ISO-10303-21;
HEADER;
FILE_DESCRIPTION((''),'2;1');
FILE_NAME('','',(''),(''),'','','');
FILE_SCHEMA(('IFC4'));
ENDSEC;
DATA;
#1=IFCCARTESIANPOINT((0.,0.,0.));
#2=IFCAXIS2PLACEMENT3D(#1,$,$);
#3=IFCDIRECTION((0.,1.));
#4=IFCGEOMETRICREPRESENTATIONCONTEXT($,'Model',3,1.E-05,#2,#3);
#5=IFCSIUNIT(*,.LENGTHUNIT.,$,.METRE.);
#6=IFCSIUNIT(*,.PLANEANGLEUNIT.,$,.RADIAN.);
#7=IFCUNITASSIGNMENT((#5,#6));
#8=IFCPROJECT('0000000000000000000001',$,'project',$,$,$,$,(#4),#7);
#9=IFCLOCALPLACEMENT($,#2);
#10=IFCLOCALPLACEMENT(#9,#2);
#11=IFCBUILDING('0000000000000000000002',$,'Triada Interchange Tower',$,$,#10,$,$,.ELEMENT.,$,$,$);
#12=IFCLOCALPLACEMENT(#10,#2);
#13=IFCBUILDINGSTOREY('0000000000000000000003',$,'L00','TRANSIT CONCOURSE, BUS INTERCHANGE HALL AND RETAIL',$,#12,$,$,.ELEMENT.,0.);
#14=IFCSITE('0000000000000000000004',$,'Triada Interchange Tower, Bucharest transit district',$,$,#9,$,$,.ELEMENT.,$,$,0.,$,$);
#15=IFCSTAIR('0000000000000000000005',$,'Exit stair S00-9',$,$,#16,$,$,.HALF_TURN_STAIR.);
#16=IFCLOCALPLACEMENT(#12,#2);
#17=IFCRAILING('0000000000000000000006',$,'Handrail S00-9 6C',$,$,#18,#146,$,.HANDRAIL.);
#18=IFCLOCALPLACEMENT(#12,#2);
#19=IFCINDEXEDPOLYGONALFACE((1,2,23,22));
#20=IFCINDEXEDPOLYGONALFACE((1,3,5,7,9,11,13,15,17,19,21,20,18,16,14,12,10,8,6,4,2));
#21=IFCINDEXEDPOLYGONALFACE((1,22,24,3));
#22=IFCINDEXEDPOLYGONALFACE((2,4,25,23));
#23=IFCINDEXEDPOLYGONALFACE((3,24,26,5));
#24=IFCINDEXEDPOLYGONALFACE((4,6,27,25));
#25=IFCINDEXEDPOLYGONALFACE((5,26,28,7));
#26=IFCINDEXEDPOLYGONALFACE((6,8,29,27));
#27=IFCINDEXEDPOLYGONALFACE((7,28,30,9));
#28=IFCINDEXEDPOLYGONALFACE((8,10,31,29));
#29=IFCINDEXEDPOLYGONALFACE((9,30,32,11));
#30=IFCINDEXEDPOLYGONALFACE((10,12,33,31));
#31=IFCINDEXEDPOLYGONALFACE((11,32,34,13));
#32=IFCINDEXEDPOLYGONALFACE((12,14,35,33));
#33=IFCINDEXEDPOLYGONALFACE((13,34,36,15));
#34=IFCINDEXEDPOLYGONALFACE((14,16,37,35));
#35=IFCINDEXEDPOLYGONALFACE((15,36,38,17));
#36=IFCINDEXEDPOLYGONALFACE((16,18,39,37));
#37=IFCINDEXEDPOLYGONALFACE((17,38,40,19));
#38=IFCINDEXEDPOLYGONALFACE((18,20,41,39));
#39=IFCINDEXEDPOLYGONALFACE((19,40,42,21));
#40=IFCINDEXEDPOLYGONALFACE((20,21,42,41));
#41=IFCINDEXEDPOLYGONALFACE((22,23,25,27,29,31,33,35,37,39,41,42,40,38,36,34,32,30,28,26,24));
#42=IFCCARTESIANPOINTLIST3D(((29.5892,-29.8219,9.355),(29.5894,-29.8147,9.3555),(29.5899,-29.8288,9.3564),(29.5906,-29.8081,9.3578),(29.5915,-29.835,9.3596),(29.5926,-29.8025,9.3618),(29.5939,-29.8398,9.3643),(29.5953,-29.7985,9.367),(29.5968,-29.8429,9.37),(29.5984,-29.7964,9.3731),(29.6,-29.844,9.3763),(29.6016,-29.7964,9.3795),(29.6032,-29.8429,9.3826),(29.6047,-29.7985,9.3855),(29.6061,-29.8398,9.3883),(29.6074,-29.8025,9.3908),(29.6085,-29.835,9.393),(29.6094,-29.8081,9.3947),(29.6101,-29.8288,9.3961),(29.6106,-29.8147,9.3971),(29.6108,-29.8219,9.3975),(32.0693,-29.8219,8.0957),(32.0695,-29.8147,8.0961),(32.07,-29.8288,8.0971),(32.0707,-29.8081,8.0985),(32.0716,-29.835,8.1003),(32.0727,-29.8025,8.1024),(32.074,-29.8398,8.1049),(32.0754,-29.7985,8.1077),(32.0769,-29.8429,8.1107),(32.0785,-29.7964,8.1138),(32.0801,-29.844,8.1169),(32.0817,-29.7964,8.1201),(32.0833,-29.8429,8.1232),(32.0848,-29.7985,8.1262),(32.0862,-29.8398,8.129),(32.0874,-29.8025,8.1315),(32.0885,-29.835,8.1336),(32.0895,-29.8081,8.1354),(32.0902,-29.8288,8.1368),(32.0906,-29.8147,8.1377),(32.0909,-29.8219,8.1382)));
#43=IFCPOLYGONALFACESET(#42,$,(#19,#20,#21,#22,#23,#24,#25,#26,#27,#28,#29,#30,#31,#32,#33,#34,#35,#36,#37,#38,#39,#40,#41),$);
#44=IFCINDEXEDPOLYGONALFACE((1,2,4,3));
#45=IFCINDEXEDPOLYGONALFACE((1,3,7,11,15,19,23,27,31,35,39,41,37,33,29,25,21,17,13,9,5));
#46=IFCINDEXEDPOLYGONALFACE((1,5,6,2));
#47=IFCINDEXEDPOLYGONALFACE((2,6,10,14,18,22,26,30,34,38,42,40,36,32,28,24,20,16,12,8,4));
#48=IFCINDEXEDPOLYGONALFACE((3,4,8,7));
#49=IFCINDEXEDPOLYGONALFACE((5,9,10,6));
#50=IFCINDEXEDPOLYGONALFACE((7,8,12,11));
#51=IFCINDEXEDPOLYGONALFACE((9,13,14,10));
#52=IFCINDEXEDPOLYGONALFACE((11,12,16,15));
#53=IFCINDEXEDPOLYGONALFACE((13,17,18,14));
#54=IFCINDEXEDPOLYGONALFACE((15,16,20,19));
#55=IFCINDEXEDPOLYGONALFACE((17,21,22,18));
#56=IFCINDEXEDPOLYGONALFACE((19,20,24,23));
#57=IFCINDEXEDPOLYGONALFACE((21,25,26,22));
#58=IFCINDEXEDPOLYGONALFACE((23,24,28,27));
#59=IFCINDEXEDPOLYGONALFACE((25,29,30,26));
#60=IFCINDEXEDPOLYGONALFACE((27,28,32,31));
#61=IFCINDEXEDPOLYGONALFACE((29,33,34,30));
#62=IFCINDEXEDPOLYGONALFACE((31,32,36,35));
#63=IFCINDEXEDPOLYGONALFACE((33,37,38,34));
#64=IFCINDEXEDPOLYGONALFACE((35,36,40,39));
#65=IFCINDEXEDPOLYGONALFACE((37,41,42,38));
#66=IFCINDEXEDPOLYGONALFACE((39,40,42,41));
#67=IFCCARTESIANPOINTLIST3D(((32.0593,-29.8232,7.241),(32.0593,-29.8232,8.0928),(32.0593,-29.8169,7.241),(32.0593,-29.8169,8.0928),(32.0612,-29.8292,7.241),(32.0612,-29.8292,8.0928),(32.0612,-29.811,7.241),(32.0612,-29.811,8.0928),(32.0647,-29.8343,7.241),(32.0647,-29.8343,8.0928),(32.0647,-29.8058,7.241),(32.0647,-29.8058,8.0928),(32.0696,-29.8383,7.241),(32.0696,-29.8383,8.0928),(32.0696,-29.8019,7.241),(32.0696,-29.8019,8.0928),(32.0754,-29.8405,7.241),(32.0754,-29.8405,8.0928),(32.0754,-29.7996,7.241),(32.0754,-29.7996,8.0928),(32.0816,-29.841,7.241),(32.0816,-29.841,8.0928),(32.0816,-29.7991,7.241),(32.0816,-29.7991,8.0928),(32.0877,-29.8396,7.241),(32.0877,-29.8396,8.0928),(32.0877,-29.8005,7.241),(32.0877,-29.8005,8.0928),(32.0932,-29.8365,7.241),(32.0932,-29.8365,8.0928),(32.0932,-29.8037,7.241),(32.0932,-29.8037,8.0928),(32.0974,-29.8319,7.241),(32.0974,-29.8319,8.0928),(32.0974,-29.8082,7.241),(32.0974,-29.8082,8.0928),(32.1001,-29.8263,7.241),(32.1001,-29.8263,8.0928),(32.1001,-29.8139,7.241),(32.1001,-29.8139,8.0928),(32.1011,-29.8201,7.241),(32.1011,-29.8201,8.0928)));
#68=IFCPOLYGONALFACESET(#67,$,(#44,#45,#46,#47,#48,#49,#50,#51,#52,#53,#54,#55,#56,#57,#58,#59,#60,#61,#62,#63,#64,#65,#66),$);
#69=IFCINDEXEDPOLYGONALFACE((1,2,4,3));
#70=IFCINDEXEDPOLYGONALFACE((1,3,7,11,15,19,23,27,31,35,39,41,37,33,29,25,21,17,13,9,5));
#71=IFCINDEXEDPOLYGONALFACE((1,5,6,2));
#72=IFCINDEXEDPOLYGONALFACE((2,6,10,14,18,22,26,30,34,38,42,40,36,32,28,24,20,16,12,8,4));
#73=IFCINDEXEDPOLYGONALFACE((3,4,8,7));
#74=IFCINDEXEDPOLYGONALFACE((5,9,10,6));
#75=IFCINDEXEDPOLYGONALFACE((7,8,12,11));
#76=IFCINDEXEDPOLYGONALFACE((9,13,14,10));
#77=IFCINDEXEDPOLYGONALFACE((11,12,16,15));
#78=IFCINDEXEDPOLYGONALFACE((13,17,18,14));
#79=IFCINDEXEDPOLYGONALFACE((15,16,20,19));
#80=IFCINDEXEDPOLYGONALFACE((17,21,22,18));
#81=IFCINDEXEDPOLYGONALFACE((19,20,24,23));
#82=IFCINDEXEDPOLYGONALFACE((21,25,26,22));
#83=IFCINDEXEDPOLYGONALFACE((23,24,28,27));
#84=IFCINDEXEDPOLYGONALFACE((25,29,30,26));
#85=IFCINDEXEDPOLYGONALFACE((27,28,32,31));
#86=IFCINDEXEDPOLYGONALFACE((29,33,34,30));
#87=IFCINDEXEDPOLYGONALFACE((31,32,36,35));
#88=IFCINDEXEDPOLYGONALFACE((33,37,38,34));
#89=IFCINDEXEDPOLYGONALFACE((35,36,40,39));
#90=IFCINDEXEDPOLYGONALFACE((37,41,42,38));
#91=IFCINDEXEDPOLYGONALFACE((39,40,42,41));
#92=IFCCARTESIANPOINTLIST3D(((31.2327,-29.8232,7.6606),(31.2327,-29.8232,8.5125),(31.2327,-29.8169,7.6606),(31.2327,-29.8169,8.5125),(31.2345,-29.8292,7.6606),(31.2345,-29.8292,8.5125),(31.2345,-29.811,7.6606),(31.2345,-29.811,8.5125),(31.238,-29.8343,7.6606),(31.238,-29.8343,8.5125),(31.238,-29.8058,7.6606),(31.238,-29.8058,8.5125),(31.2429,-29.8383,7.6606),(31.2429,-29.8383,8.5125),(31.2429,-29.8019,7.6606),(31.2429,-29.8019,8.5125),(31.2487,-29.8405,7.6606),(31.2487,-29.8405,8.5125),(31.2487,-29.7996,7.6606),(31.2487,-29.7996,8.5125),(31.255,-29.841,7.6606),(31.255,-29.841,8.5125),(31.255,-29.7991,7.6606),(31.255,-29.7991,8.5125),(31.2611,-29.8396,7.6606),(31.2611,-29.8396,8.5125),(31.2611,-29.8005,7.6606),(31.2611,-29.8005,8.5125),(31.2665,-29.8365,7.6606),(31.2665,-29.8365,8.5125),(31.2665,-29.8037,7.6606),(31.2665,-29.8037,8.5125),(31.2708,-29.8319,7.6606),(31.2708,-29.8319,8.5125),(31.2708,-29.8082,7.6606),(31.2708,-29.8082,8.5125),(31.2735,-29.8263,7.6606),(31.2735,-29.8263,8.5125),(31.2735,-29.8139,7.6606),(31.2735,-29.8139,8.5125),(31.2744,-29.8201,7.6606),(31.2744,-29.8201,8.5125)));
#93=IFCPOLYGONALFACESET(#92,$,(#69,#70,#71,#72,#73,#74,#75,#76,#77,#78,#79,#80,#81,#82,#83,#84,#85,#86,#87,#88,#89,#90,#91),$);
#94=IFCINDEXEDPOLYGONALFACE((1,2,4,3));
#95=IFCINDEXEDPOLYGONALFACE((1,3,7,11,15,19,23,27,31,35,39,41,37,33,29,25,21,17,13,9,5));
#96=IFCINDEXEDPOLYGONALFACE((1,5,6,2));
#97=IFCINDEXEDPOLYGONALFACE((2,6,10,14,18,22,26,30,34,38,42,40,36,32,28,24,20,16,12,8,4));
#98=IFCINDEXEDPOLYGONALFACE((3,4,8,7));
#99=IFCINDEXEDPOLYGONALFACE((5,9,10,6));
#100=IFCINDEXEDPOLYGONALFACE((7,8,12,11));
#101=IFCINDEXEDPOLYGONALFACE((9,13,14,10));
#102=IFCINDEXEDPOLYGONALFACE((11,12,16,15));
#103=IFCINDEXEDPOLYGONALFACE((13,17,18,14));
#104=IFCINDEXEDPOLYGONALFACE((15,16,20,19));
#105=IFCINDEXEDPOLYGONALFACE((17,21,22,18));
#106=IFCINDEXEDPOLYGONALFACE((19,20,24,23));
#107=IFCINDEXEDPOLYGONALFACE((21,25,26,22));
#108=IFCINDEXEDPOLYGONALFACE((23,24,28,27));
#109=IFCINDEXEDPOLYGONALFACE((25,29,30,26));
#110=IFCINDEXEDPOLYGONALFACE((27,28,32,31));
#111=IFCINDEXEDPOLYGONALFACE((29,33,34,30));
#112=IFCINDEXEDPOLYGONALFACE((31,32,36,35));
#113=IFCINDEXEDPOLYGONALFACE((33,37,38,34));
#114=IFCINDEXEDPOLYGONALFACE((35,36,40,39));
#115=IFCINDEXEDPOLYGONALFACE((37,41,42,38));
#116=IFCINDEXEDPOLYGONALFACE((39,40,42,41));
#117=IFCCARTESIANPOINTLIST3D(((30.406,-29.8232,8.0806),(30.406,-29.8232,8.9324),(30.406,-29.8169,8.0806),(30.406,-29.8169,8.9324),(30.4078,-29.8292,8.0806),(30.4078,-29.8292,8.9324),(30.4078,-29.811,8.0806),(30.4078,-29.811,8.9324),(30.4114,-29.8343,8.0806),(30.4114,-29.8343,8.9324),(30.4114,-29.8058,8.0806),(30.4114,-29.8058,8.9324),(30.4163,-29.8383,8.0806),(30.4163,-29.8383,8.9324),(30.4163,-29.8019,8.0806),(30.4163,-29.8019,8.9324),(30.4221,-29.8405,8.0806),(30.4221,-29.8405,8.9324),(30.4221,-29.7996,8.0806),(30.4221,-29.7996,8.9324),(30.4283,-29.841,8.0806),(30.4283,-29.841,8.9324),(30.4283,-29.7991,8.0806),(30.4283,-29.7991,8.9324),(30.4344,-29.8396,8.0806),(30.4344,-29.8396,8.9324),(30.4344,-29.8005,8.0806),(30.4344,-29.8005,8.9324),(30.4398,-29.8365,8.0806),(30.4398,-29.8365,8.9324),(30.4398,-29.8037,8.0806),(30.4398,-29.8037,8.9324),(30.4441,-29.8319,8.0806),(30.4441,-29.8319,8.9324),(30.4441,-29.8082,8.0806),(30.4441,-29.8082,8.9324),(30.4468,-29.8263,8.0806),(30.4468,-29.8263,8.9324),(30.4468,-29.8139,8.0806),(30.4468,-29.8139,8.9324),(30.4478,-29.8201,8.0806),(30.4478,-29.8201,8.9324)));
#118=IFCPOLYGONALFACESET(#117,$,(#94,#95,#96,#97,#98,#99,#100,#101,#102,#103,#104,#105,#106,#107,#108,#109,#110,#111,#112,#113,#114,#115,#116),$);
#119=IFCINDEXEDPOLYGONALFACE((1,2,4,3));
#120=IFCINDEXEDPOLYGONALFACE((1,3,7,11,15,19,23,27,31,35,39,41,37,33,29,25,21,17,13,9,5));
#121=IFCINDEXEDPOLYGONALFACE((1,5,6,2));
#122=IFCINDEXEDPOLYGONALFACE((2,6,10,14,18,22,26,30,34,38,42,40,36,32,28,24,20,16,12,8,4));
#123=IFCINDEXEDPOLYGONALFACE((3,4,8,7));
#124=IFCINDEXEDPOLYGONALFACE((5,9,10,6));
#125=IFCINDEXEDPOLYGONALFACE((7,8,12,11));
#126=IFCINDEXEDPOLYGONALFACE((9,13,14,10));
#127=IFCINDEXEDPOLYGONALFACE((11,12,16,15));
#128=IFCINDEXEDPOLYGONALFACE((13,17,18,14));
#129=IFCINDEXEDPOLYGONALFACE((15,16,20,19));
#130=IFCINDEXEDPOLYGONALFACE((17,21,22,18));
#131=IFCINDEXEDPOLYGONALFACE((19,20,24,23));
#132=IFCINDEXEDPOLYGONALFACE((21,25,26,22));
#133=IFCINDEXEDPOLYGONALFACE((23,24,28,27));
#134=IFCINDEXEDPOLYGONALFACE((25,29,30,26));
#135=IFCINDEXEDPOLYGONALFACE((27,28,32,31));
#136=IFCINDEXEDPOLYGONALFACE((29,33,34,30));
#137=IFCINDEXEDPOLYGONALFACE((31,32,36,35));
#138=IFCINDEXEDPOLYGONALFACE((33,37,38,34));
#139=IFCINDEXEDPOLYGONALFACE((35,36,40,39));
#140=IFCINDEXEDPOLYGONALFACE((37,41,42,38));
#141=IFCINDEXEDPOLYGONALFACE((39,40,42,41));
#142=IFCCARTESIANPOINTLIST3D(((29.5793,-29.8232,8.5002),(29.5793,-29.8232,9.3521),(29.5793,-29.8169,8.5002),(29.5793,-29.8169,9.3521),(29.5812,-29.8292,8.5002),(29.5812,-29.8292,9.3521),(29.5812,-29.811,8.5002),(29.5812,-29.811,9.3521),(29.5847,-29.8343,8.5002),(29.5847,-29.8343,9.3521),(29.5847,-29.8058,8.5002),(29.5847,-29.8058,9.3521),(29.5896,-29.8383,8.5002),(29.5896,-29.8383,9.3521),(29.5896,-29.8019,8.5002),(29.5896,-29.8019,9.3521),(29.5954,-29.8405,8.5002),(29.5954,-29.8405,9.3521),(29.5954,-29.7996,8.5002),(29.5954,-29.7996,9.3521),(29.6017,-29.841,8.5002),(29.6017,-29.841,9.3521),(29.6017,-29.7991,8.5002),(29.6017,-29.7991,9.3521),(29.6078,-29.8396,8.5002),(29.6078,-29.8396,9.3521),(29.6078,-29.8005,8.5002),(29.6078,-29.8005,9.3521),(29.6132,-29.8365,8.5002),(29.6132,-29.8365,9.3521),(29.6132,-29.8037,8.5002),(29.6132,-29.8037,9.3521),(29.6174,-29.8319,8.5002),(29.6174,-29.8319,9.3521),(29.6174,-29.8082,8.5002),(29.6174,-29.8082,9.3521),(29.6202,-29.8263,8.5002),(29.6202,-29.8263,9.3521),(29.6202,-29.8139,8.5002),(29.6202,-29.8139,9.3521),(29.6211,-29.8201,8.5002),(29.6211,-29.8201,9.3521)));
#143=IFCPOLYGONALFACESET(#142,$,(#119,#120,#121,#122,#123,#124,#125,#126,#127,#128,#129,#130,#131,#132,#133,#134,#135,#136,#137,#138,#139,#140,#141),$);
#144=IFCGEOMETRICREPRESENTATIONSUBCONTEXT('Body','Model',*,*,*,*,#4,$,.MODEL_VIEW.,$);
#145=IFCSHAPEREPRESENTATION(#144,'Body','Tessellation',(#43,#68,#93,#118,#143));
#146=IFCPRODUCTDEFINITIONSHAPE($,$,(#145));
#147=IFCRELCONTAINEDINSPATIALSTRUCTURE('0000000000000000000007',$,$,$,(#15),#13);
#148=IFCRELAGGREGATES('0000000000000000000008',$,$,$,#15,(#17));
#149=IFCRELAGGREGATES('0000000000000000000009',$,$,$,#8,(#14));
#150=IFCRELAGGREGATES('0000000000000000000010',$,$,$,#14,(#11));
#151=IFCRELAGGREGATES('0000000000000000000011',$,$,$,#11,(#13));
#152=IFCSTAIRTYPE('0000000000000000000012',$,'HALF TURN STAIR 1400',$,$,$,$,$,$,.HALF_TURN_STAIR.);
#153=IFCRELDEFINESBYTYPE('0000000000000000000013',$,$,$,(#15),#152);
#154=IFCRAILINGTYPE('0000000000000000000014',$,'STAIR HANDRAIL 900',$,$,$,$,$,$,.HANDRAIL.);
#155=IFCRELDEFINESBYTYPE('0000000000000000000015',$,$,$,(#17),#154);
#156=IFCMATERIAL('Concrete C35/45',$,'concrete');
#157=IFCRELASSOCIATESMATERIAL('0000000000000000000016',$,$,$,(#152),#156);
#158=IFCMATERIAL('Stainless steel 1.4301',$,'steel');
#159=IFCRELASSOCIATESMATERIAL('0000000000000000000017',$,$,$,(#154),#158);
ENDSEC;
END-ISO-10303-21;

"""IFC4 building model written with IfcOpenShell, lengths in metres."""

from ifc_helpers import new_model, si_unit, direction, frame, origin, origin_2d, place, context, subcontext, project, spatial, circle, extrude, material, type_object, element, aggregate, save


model = new_model("IFC4")

# Units and contexts
model_context = context("Model", 3, precision=1e-05, world=origin(), true_north=direction((0.0, 1.0)))
body_context = subcontext(model_context, "Body", "Model", "MODEL_VIEW")
ifc_project = project(units=[si_unit("LENGTHUNIT", "METRE"), si_unit("PLANEANGLEUNIT", "RADIAN")], contexts=[model_context])

# Site, building, storey
site_placement = place(None, origin())
site = spatial("IfcSite", under=ifc_project, at=site_placement, Name="Triada Interchange Tower, Bucharest transit district", CompositionType="ELEMENT", RefElevation=0.0)
building_placement = place(site_placement, origin())
building = spatial("IfcBuilding", under=site, at=building_placement, Name="Triada Interchange Tower", CompositionType="ELEMENT")
storey_placement = place(building_placement, origin())
storey = spatial("IfcBuildingStorey", under=building, at=storey_placement, Name="L00", Description="TRANSIT CONCOURSE, BUS INTERCHANGE HALL AND RETAIL", CompositionType="ELEMENT", Elevation=0.0)

# Stair, railing
ifc_material_1 = material(Name="Concrete C35/45", Category="concrete")
stair_type = type_object("IfcStairType", Name="HALF TURN STAIR 1400", PredefinedType="HALF_TURN_STAIR", material=ifc_material_1)
stair_placement = place(storey_placement, origin())
stair = element("IfcStair", 1, at=stair_placement, inside=storey, type_object=stair_type, Name="Exit stair S00-9", PredefinedType="HALF_TURN_STAIR")
ifc_material_2 = material(Name="Stainless steel 1.4301", Category="steel")
railing_type = type_object("IfcRailingType", Name="STAIR HANDRAIL 900", PredefinedType="HANDRAIL", material=ifc_material_2)
railing_1_placement = place(storey_placement, frame((32.0801, -29.8201, 7.241)))
railing_1 = element("IfcRailing", 2, at=railing_1_placement, type_object=railing_type, Name="Handrail S00-9 6C", PredefinedType="HANDRAIL", context=body_context, shape_type="SweptSolid", body=[
    extrude(circle(Radius=0.0239, at=origin_2d()), frame((0.0, 0.0, 0.876), z_axis=(-0.891636, 0.0, 0.452752), x_axis=(0.0, -1.0, 0.0)), (0.0, 0.0, 1.0), 2.7815),
    extrude(circle(Radius=0.021, at=origin_2d()), origin(), (0.0, 0.0, 1.0), 0.8518),
    extrude(circle(Radius=0.021, at=origin_2d()), frame((-0.8267, 0.0, 0.4197)), (0.0, 0.0, 1.0), 0.8518),
    extrude(circle(Radius=0.021, at=origin_2d()), frame((-1.6533, 0.0, 0.8396)), (0.0, 0.0, 1.0), 0.8518),
    extrude(circle(Radius=0.021, at=origin_2d()), frame((-2.48, 0.0, 1.2593)), (0.0, 0.0, 1.0), 0.8518),
])
aggregate(stair, [railing_1])

save(model, "model.ifc")
